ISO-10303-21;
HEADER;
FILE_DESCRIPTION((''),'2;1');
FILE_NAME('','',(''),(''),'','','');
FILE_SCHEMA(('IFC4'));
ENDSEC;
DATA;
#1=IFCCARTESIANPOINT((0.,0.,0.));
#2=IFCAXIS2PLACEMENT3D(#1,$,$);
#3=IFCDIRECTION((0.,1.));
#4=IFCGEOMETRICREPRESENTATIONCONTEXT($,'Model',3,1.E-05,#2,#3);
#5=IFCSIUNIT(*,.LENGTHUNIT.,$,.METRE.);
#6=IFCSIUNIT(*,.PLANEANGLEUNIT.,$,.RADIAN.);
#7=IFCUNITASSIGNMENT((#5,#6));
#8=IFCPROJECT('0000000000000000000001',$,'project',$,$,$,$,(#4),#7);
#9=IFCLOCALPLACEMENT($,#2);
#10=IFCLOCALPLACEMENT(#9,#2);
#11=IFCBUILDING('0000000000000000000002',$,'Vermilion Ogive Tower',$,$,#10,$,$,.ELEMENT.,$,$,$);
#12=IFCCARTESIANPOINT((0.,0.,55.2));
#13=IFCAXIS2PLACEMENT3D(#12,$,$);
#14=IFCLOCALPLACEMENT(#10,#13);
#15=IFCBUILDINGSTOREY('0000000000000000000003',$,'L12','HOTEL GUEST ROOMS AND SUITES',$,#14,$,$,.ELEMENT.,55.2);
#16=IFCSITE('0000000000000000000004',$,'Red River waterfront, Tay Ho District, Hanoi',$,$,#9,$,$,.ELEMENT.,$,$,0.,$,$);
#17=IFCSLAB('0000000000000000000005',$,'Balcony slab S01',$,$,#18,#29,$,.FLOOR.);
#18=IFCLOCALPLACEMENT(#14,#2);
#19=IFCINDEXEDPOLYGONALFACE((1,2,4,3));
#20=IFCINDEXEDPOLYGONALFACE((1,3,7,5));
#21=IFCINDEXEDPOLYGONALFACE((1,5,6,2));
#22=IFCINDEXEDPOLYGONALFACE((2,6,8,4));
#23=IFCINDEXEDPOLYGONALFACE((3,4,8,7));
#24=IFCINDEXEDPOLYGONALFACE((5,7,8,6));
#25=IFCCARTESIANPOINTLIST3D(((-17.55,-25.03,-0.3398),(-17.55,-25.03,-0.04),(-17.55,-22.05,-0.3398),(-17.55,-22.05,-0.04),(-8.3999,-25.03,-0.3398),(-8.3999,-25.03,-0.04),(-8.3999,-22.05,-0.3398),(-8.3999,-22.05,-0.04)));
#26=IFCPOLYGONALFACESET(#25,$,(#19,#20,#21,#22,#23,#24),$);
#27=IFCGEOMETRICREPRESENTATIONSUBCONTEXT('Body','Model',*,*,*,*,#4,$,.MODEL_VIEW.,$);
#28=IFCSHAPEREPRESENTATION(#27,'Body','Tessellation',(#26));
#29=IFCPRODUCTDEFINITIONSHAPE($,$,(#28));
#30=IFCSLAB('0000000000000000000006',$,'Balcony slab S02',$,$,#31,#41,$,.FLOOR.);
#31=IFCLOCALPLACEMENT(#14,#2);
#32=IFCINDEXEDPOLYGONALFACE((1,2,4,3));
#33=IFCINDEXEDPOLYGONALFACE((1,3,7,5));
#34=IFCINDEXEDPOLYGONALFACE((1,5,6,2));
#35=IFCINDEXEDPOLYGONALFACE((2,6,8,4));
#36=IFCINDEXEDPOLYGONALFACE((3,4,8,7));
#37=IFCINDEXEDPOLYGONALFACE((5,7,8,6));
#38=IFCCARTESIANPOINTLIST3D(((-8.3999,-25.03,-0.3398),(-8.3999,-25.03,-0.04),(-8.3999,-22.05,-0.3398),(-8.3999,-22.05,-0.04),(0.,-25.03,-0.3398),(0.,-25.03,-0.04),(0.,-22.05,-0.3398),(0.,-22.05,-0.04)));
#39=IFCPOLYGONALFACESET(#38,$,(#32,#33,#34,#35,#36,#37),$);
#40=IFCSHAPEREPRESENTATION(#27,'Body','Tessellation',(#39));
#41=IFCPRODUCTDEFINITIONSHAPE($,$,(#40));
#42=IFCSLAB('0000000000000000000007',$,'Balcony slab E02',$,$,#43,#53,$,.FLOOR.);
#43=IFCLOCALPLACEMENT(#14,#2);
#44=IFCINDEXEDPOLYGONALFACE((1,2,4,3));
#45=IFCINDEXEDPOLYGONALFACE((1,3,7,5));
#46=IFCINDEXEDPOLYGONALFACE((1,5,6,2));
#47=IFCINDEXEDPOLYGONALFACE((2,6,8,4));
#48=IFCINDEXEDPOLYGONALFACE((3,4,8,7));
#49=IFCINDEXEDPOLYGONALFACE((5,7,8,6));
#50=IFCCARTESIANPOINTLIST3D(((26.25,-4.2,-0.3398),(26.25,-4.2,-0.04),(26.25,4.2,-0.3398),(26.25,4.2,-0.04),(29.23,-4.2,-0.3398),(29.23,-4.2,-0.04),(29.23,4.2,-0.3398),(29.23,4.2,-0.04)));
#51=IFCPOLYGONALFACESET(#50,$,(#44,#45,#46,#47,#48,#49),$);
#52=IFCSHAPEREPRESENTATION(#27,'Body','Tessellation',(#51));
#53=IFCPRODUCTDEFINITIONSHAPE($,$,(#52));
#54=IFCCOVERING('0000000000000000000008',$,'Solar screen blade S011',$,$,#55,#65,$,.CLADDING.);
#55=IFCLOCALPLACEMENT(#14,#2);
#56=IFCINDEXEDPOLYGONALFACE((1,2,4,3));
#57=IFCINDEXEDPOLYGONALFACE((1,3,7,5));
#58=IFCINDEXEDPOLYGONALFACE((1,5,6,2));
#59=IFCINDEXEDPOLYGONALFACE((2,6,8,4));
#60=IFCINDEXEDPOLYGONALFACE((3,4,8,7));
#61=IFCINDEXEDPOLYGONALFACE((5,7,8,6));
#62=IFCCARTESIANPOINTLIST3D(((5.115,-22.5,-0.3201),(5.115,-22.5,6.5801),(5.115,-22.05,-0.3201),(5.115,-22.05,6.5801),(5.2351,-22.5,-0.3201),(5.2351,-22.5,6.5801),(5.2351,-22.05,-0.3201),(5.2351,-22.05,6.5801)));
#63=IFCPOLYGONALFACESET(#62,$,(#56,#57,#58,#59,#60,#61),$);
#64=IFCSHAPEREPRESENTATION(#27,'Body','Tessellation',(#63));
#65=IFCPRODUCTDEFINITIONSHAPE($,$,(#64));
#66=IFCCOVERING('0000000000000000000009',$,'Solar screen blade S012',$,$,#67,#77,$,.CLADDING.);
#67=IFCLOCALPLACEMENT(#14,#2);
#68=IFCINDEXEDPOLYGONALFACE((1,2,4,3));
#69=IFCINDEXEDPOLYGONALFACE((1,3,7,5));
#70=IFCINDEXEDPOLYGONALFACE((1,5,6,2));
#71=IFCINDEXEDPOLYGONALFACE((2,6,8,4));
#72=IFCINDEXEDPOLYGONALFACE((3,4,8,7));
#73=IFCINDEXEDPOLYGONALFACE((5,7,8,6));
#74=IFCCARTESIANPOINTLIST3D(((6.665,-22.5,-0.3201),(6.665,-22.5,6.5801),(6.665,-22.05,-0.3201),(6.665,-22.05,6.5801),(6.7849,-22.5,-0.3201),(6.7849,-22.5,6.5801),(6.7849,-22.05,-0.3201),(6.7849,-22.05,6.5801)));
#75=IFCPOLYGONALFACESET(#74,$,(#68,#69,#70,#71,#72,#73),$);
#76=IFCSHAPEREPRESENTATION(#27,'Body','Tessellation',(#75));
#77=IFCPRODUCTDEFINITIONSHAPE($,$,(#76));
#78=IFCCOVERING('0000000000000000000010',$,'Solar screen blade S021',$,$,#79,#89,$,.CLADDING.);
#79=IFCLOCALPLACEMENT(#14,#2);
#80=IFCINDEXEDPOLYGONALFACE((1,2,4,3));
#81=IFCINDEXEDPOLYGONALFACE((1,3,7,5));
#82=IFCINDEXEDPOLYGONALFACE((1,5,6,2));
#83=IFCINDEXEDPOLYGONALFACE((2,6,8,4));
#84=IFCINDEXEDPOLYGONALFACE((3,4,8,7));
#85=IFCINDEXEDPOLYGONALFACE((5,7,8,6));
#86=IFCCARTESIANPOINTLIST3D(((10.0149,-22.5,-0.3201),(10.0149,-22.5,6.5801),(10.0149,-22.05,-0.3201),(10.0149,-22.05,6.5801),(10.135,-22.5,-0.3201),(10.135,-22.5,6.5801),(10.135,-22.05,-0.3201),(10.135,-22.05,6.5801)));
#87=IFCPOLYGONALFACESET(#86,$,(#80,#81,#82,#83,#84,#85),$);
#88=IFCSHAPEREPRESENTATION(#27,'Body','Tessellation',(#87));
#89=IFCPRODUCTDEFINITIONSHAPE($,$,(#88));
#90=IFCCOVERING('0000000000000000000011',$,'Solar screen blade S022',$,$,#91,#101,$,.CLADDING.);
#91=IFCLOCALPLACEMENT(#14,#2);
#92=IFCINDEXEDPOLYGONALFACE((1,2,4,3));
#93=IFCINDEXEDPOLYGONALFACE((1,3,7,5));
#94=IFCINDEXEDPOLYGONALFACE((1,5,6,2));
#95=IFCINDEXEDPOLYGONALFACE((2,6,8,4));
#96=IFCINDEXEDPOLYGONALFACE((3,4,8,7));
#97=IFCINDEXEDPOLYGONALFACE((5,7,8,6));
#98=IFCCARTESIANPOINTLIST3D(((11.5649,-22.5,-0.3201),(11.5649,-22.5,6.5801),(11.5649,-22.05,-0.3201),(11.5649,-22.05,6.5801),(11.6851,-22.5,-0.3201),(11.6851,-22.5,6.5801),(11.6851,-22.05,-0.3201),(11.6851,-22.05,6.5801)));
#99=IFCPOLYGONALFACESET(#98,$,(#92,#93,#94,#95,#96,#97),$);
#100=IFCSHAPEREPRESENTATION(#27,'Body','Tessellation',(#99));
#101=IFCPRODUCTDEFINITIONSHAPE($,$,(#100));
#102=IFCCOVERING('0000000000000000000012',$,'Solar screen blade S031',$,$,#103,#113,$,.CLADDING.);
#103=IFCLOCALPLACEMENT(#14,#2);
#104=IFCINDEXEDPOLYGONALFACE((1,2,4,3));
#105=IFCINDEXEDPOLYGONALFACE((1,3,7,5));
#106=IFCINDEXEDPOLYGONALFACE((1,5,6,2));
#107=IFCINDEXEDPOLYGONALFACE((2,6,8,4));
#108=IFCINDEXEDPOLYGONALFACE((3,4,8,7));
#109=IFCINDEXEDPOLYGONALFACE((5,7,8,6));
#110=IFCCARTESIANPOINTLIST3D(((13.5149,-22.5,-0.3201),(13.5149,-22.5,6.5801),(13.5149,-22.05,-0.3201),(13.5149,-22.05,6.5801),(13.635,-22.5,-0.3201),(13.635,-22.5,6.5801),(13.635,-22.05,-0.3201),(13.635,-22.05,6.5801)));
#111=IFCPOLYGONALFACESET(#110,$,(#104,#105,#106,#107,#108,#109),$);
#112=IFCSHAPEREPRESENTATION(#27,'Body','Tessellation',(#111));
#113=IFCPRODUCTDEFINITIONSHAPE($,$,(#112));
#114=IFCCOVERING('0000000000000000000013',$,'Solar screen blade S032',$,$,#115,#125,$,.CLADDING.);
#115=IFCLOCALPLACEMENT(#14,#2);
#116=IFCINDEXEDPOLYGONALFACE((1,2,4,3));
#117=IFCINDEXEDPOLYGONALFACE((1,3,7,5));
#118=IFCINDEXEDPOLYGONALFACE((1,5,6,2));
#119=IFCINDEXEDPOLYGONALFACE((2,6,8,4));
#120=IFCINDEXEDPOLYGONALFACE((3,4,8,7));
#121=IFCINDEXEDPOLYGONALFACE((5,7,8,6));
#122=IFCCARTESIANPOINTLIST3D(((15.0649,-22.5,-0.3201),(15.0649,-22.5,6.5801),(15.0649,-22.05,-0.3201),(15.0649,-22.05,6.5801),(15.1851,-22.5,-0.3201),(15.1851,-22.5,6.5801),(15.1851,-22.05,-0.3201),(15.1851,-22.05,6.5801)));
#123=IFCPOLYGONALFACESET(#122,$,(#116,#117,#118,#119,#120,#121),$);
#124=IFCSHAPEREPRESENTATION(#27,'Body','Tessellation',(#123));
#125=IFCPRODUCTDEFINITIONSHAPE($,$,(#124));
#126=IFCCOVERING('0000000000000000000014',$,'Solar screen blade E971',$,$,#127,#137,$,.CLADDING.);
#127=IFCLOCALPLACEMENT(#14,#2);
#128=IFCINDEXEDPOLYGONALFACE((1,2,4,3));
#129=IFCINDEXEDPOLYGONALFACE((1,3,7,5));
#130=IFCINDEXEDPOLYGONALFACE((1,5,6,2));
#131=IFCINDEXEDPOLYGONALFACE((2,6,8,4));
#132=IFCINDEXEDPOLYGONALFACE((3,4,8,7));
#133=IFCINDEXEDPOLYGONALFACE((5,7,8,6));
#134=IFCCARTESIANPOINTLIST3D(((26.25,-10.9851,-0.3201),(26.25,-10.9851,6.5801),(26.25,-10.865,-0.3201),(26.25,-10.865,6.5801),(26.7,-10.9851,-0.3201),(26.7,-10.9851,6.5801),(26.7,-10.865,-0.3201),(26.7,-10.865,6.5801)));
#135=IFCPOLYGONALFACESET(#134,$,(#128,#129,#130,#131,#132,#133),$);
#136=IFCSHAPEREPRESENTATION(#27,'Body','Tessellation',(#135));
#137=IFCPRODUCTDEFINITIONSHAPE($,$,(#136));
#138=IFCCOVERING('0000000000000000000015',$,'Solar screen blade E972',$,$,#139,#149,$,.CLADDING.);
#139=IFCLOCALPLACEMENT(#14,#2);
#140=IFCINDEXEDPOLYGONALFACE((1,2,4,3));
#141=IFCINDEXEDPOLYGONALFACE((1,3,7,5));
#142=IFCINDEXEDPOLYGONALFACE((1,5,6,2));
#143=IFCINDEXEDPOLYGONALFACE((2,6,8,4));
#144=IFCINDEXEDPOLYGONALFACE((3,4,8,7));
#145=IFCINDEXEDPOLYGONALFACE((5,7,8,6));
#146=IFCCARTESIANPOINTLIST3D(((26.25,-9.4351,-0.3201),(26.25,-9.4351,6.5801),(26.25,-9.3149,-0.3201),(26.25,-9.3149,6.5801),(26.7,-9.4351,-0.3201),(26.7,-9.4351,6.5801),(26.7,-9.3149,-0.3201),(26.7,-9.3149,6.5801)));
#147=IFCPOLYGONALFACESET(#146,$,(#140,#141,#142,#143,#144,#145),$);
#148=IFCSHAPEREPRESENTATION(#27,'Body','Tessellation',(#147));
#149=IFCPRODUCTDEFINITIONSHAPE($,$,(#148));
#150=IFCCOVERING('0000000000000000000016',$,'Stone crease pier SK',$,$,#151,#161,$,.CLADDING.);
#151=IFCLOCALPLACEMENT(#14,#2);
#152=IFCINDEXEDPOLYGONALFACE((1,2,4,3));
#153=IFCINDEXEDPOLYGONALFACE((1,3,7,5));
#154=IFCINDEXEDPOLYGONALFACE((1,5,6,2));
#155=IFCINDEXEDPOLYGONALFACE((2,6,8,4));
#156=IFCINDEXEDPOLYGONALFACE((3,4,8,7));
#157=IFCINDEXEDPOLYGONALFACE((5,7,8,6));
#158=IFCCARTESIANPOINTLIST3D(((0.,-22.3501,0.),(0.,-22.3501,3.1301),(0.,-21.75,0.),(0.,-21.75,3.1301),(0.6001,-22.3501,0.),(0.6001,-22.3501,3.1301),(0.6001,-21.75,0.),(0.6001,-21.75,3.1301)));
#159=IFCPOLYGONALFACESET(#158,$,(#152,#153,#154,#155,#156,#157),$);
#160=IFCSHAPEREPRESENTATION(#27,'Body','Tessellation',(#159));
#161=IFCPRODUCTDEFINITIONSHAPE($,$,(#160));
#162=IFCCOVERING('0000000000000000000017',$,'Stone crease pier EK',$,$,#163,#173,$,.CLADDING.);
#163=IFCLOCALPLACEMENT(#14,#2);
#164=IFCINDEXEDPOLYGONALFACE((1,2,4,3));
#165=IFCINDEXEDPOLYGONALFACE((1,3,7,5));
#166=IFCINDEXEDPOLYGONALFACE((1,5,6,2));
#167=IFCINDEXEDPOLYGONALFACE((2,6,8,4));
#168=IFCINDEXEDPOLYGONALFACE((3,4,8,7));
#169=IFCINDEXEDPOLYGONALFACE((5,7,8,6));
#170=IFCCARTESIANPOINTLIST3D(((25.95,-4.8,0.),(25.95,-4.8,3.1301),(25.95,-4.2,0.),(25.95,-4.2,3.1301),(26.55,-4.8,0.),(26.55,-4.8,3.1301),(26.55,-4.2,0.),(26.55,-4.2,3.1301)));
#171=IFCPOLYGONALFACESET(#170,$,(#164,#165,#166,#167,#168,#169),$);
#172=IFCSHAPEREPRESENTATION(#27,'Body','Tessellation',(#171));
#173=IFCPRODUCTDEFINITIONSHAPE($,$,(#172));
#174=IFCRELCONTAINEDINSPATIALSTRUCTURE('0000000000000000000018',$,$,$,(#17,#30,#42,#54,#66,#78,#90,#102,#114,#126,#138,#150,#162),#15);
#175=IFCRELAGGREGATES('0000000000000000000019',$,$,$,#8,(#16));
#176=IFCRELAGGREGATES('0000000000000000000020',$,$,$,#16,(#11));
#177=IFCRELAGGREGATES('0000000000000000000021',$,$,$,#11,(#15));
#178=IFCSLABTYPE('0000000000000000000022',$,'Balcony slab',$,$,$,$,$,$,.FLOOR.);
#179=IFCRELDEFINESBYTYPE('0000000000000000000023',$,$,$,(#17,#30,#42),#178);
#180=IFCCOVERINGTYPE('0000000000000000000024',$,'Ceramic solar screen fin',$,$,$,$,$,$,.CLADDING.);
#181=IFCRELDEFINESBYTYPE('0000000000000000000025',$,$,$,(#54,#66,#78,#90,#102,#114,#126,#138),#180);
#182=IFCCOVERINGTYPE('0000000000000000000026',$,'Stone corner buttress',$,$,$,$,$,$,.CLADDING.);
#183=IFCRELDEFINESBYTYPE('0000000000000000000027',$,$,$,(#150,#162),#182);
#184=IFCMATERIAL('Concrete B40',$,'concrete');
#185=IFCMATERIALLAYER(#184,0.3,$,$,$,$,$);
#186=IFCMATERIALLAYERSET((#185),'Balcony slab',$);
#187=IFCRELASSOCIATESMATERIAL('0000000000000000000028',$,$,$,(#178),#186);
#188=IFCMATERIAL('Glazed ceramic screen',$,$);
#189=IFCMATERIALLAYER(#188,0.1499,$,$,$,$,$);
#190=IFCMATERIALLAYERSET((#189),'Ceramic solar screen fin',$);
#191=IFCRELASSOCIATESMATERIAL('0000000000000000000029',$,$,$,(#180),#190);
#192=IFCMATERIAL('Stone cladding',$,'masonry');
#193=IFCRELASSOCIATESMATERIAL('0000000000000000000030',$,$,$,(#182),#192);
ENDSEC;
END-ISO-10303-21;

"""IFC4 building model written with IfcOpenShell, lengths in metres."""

from ifc_helpers import new_model, si_unit, direction, frame, origin, place, context, subcontext, project, spatial, polyline, outline, extrude, material, layer, layer_set, type_object, element, save


model = new_model("IFC4")

# Units and contexts
model_context = context("Model", 3, precision=1e-05, world=origin(), true_north=direction((0.0, 1.0)))
body_context = subcontext(model_context, "Body", "Model", "MODEL_VIEW")
ifc_project = project(units=[si_unit("LENGTHUNIT", "METRE"), si_unit("PLANEANGLEUNIT", "RADIAN")], contexts=[model_context])

# Site, building, storey
site_placement = place(None, origin())
site = spatial("IfcSite", under=ifc_project, at=site_placement, Name="Red River waterfront, Tay Ho District, Hanoi", CompositionType="ELEMENT", RefElevation=0.0)
building_placement = place(site_placement, origin())
building = spatial("IfcBuilding", under=site, at=building_placement, Name="Vermilion Ogive Tower", CompositionType="ELEMENT")
storey_placement = place(building_placement, frame((0.0, 0.0, 55.2)))
storey = spatial("IfcBuildingStorey", under=building, at=storey_placement, Name="L12", Description="HOTEL GUEST ROOMS AND SUITES", CompositionType="ELEMENT", Elevation=55.2)

# Slabs
ifc_material_1 = material(Name="Concrete B40", Category="concrete")
ifc_layer_1 = layer(ifc_material_1, 0.3)
ifc_layer_set_1 = layer_set([ifc_layer_1], Name="Balcony slab")
slab_type = type_object("IfcSlabType", Name="Balcony slab", PredefinedType="FLOOR", material=ifc_layer_set_1)
slab_1_placement = place(storey_placement, frame((0.0, 0.0, -0.3398)))
element("IfcSlab", 1, at=slab_1_placement, inside=storey, type_object=slab_type, Name="Balcony slab S01", PredefinedType="FLOOR", context=body_context, shape_type="SweptSolid", body=[
    extrude(outline(polyline([(-17.55, -25.03), (-8.3999, -25.03), (-8.3999, -22.05), (-17.55, -22.05), (-17.55, -25.03)])), origin(), (0.0, 0.0, 1.0), 0.2998),
])
slab_2_placement = place(storey_placement, frame((0.0, 0.0, -0.3398)))
element("IfcSlab", 2, at=slab_2_placement, inside=storey, type_object=slab_type, Name="Balcony slab S02", PredefinedType="FLOOR", context=body_context, shape_type="SweptSolid", body=[
    extrude(outline(polyline([(-8.3999, -25.03), (0.0, -25.03), (0.0, -22.05), (-8.3999, -22.05), (-8.3999, -25.03)])), origin(), (0.0, 0.0, 1.0), 0.2998),
])
slab_3_placement = place(storey_placement, frame((0.0, 0.0, -0.3398)))
element("IfcSlab", 3, at=slab_3_placement, inside=storey, type_object=slab_type, Name="Balcony slab E02", PredefinedType="FLOOR", context=body_context, shape_type="SweptSolid", body=[
    extrude(outline(polyline([(29.23, -4.2), (29.23, 4.2), (26.25, 4.2), (26.25, -4.2), (29.23, -4.2)])), origin(), (0.0, 0.0, 1.0), 0.2998),
])

# Coverings
ifc_material_2 = material(Name="Glazed ceramic screen")
ifc_layer_2 = layer(ifc_material_2, 0.1499)
ifc_layer_set_2 = layer_set([ifc_layer_2], Name="Ceramic solar screen fin")
covering_type_1 = type_object("IfcCoveringType", Name="Ceramic solar screen fin", PredefinedType="CLADDING", material=ifc_layer_set_2)
covering_1_placement = place(storey_placement, frame((0.0, 0.0, -0.3201)))
element("IfcCovering", 4, at=covering_1_placement, inside=storey, type_object=covering_type_1, Name="Solar screen blade S011", PredefinedType="CLADDING", context=body_context, shape_type="SweptSolid", body=[
    extrude(outline(polyline([(5.115, -22.5), (5.2351, -22.5), (5.2351, -22.05), (5.115, -22.05), (5.115, -22.5)])), origin(), (0.0, 0.0, 1.0), 6.9001),
])
covering_2_placement = place(storey_placement, frame((0.0, 0.0, -0.3201)))
element("IfcCovering", 5, at=covering_2_placement, inside=storey, type_object=covering_type_1, Name="Solar screen blade S012", PredefinedType="CLADDING", context=body_context, shape_type="SweptSolid", body=[
    extrude(outline(polyline([(6.665, -22.5), (6.7849, -22.5), (6.7849, -22.05), (6.665, -22.05), (6.665, -22.5)])), origin(), (0.0, 0.0, 1.0), 6.9001),
])
covering_3_placement = place(storey_placement, frame((0.0, 0.0, -0.3201)))
element("IfcCovering", 6, at=covering_3_placement, inside=storey, type_object=covering_type_1, Name="Solar screen blade S021", PredefinedType="CLADDING", context=body_context, shape_type="SweptSolid", body=[
    extrude(outline(polyline([(10.0149, -22.5), (10.135, -22.5), (10.135, -22.05), (10.0149, -22.05), (10.0149, -22.5)])), origin(), (0.0, 0.0, 1.0), 6.9001),
])
covering_4_placement = place(storey_placement, frame((0.0, 0.0, -0.3201)))
element("IfcCovering", 7, at=covering_4_placement, inside=storey, type_object=covering_type_1, Name="Solar screen blade S022", PredefinedType="CLADDING", context=body_context, shape_type="SweptSolid", body=[
    extrude(outline(polyline([(11.5649, -22.5), (11.6851, -22.5), (11.6851, -22.05), (11.5649, -22.05), (11.5649, -22.5)])), origin(), (0.0, 0.0, 1.0), 6.9001),
])
covering_5_placement = place(storey_placement, frame((0.0, 0.0, -0.3201)))
element("IfcCovering", 8, at=covering_5_placement, inside=storey, type_object=covering_type_1, Name="Solar screen blade S031", PredefinedType="CLADDING", context=body_context, shape_type="SweptSolid", body=[
    extrude(outline(polyline([(13.5149, -22.5), (13.635, -22.5), (13.635, -22.05), (13.5149, -22.05), (13.5149, -22.5)])), origin(), (0.0, 0.0, 1.0), 6.9001),
])
covering_6_placement = place(storey_placement, frame((0.0, 0.0, -0.3201)))
element("IfcCovering", 9, at=covering_6_placement, inside=storey, type_object=covering_type_1, Name="Solar screen blade S032", PredefinedType="CLADDING", context=body_context, shape_type="SweptSolid", body=[
    extrude(outline(polyline([(15.0649, -22.5), (15.1851, -22.5), (15.1851, -22.05), (15.0649, -22.05), (15.0649, -22.5)])), origin(), (0.0, 0.0, 1.0), 6.9001),
])
covering_7_placement = place(storey_placement, frame((0.0, 0.0, -0.3201)))
element("IfcCovering", 10, at=covering_7_placement, inside=storey, type_object=covering_type_1, Name="Solar screen blade E971", PredefinedType="CLADDING", context=body_context, shape_type="SweptSolid", body=[
    extrude(outline(polyline([(26.7, -10.9851), (26.7, -10.865), (26.25, -10.865), (26.25, -10.9851), (26.7, -10.9851)])), origin(), (0.0, 0.0, 1.0), 6.9001),
])
covering_8_placement = place(storey_placement, frame((0.0, 0.0, -0.3201)))
element("IfcCovering", 11, at=covering_8_placement, inside=storey, type_object=covering_type_1, Name="Solar screen blade E972", PredefinedType="CLADDING", context=body_context, shape_type="SweptSolid", body=[
    extrude(outline(polyline([(26.7, -9.4351), (26.7, -9.3149), (26.25, -9.3149), (26.25, -9.4351), (26.7, -9.4351)])), origin(), (0.0, 0.0, 1.0), 6.9001),
])
ifc_material_3 = material(Name="Stone cladding", Category="masonry")
covering_type_2 = type_object("IfcCoveringType", Name="Stone corner buttress", PredefinedType="CLADDING", material=ifc_material_3)
covering_9_placement = place(storey_placement, origin())
element("IfcCovering", 12, at=covering_9_placement, inside=storey, type_object=covering_type_2, Name="Stone crease pier SK", PredefinedType="CLADDING", context=body_context, shape_type="SweptSolid", body=[
    extrude(outline(polyline([(0.0, -22.3501), (0.6001, -22.3501), (0.6001, -21.75), (0.0, -21.75), (0.0, -22.3501)])), origin(), (0.0, 0.0, 1.0), 3.1301),
])
covering_10_placement = place(storey_placement, origin())
element("IfcCovering", 13, at=covering_10_placement, inside=storey, type_object=covering_type_2, Name="Stone crease pier EK", PredefinedType="CLADDING", context=body_context, shape_type="SweptSolid", body=[
    extrude(outline(polyline([(26.55, -4.8), (26.55, -4.2), (25.95, -4.2), (25.95, -4.8), (26.55, -4.8)])), origin(), (0.0, 0.0, 1.0), 3.1301),
])

save(model, "model.ifc")
